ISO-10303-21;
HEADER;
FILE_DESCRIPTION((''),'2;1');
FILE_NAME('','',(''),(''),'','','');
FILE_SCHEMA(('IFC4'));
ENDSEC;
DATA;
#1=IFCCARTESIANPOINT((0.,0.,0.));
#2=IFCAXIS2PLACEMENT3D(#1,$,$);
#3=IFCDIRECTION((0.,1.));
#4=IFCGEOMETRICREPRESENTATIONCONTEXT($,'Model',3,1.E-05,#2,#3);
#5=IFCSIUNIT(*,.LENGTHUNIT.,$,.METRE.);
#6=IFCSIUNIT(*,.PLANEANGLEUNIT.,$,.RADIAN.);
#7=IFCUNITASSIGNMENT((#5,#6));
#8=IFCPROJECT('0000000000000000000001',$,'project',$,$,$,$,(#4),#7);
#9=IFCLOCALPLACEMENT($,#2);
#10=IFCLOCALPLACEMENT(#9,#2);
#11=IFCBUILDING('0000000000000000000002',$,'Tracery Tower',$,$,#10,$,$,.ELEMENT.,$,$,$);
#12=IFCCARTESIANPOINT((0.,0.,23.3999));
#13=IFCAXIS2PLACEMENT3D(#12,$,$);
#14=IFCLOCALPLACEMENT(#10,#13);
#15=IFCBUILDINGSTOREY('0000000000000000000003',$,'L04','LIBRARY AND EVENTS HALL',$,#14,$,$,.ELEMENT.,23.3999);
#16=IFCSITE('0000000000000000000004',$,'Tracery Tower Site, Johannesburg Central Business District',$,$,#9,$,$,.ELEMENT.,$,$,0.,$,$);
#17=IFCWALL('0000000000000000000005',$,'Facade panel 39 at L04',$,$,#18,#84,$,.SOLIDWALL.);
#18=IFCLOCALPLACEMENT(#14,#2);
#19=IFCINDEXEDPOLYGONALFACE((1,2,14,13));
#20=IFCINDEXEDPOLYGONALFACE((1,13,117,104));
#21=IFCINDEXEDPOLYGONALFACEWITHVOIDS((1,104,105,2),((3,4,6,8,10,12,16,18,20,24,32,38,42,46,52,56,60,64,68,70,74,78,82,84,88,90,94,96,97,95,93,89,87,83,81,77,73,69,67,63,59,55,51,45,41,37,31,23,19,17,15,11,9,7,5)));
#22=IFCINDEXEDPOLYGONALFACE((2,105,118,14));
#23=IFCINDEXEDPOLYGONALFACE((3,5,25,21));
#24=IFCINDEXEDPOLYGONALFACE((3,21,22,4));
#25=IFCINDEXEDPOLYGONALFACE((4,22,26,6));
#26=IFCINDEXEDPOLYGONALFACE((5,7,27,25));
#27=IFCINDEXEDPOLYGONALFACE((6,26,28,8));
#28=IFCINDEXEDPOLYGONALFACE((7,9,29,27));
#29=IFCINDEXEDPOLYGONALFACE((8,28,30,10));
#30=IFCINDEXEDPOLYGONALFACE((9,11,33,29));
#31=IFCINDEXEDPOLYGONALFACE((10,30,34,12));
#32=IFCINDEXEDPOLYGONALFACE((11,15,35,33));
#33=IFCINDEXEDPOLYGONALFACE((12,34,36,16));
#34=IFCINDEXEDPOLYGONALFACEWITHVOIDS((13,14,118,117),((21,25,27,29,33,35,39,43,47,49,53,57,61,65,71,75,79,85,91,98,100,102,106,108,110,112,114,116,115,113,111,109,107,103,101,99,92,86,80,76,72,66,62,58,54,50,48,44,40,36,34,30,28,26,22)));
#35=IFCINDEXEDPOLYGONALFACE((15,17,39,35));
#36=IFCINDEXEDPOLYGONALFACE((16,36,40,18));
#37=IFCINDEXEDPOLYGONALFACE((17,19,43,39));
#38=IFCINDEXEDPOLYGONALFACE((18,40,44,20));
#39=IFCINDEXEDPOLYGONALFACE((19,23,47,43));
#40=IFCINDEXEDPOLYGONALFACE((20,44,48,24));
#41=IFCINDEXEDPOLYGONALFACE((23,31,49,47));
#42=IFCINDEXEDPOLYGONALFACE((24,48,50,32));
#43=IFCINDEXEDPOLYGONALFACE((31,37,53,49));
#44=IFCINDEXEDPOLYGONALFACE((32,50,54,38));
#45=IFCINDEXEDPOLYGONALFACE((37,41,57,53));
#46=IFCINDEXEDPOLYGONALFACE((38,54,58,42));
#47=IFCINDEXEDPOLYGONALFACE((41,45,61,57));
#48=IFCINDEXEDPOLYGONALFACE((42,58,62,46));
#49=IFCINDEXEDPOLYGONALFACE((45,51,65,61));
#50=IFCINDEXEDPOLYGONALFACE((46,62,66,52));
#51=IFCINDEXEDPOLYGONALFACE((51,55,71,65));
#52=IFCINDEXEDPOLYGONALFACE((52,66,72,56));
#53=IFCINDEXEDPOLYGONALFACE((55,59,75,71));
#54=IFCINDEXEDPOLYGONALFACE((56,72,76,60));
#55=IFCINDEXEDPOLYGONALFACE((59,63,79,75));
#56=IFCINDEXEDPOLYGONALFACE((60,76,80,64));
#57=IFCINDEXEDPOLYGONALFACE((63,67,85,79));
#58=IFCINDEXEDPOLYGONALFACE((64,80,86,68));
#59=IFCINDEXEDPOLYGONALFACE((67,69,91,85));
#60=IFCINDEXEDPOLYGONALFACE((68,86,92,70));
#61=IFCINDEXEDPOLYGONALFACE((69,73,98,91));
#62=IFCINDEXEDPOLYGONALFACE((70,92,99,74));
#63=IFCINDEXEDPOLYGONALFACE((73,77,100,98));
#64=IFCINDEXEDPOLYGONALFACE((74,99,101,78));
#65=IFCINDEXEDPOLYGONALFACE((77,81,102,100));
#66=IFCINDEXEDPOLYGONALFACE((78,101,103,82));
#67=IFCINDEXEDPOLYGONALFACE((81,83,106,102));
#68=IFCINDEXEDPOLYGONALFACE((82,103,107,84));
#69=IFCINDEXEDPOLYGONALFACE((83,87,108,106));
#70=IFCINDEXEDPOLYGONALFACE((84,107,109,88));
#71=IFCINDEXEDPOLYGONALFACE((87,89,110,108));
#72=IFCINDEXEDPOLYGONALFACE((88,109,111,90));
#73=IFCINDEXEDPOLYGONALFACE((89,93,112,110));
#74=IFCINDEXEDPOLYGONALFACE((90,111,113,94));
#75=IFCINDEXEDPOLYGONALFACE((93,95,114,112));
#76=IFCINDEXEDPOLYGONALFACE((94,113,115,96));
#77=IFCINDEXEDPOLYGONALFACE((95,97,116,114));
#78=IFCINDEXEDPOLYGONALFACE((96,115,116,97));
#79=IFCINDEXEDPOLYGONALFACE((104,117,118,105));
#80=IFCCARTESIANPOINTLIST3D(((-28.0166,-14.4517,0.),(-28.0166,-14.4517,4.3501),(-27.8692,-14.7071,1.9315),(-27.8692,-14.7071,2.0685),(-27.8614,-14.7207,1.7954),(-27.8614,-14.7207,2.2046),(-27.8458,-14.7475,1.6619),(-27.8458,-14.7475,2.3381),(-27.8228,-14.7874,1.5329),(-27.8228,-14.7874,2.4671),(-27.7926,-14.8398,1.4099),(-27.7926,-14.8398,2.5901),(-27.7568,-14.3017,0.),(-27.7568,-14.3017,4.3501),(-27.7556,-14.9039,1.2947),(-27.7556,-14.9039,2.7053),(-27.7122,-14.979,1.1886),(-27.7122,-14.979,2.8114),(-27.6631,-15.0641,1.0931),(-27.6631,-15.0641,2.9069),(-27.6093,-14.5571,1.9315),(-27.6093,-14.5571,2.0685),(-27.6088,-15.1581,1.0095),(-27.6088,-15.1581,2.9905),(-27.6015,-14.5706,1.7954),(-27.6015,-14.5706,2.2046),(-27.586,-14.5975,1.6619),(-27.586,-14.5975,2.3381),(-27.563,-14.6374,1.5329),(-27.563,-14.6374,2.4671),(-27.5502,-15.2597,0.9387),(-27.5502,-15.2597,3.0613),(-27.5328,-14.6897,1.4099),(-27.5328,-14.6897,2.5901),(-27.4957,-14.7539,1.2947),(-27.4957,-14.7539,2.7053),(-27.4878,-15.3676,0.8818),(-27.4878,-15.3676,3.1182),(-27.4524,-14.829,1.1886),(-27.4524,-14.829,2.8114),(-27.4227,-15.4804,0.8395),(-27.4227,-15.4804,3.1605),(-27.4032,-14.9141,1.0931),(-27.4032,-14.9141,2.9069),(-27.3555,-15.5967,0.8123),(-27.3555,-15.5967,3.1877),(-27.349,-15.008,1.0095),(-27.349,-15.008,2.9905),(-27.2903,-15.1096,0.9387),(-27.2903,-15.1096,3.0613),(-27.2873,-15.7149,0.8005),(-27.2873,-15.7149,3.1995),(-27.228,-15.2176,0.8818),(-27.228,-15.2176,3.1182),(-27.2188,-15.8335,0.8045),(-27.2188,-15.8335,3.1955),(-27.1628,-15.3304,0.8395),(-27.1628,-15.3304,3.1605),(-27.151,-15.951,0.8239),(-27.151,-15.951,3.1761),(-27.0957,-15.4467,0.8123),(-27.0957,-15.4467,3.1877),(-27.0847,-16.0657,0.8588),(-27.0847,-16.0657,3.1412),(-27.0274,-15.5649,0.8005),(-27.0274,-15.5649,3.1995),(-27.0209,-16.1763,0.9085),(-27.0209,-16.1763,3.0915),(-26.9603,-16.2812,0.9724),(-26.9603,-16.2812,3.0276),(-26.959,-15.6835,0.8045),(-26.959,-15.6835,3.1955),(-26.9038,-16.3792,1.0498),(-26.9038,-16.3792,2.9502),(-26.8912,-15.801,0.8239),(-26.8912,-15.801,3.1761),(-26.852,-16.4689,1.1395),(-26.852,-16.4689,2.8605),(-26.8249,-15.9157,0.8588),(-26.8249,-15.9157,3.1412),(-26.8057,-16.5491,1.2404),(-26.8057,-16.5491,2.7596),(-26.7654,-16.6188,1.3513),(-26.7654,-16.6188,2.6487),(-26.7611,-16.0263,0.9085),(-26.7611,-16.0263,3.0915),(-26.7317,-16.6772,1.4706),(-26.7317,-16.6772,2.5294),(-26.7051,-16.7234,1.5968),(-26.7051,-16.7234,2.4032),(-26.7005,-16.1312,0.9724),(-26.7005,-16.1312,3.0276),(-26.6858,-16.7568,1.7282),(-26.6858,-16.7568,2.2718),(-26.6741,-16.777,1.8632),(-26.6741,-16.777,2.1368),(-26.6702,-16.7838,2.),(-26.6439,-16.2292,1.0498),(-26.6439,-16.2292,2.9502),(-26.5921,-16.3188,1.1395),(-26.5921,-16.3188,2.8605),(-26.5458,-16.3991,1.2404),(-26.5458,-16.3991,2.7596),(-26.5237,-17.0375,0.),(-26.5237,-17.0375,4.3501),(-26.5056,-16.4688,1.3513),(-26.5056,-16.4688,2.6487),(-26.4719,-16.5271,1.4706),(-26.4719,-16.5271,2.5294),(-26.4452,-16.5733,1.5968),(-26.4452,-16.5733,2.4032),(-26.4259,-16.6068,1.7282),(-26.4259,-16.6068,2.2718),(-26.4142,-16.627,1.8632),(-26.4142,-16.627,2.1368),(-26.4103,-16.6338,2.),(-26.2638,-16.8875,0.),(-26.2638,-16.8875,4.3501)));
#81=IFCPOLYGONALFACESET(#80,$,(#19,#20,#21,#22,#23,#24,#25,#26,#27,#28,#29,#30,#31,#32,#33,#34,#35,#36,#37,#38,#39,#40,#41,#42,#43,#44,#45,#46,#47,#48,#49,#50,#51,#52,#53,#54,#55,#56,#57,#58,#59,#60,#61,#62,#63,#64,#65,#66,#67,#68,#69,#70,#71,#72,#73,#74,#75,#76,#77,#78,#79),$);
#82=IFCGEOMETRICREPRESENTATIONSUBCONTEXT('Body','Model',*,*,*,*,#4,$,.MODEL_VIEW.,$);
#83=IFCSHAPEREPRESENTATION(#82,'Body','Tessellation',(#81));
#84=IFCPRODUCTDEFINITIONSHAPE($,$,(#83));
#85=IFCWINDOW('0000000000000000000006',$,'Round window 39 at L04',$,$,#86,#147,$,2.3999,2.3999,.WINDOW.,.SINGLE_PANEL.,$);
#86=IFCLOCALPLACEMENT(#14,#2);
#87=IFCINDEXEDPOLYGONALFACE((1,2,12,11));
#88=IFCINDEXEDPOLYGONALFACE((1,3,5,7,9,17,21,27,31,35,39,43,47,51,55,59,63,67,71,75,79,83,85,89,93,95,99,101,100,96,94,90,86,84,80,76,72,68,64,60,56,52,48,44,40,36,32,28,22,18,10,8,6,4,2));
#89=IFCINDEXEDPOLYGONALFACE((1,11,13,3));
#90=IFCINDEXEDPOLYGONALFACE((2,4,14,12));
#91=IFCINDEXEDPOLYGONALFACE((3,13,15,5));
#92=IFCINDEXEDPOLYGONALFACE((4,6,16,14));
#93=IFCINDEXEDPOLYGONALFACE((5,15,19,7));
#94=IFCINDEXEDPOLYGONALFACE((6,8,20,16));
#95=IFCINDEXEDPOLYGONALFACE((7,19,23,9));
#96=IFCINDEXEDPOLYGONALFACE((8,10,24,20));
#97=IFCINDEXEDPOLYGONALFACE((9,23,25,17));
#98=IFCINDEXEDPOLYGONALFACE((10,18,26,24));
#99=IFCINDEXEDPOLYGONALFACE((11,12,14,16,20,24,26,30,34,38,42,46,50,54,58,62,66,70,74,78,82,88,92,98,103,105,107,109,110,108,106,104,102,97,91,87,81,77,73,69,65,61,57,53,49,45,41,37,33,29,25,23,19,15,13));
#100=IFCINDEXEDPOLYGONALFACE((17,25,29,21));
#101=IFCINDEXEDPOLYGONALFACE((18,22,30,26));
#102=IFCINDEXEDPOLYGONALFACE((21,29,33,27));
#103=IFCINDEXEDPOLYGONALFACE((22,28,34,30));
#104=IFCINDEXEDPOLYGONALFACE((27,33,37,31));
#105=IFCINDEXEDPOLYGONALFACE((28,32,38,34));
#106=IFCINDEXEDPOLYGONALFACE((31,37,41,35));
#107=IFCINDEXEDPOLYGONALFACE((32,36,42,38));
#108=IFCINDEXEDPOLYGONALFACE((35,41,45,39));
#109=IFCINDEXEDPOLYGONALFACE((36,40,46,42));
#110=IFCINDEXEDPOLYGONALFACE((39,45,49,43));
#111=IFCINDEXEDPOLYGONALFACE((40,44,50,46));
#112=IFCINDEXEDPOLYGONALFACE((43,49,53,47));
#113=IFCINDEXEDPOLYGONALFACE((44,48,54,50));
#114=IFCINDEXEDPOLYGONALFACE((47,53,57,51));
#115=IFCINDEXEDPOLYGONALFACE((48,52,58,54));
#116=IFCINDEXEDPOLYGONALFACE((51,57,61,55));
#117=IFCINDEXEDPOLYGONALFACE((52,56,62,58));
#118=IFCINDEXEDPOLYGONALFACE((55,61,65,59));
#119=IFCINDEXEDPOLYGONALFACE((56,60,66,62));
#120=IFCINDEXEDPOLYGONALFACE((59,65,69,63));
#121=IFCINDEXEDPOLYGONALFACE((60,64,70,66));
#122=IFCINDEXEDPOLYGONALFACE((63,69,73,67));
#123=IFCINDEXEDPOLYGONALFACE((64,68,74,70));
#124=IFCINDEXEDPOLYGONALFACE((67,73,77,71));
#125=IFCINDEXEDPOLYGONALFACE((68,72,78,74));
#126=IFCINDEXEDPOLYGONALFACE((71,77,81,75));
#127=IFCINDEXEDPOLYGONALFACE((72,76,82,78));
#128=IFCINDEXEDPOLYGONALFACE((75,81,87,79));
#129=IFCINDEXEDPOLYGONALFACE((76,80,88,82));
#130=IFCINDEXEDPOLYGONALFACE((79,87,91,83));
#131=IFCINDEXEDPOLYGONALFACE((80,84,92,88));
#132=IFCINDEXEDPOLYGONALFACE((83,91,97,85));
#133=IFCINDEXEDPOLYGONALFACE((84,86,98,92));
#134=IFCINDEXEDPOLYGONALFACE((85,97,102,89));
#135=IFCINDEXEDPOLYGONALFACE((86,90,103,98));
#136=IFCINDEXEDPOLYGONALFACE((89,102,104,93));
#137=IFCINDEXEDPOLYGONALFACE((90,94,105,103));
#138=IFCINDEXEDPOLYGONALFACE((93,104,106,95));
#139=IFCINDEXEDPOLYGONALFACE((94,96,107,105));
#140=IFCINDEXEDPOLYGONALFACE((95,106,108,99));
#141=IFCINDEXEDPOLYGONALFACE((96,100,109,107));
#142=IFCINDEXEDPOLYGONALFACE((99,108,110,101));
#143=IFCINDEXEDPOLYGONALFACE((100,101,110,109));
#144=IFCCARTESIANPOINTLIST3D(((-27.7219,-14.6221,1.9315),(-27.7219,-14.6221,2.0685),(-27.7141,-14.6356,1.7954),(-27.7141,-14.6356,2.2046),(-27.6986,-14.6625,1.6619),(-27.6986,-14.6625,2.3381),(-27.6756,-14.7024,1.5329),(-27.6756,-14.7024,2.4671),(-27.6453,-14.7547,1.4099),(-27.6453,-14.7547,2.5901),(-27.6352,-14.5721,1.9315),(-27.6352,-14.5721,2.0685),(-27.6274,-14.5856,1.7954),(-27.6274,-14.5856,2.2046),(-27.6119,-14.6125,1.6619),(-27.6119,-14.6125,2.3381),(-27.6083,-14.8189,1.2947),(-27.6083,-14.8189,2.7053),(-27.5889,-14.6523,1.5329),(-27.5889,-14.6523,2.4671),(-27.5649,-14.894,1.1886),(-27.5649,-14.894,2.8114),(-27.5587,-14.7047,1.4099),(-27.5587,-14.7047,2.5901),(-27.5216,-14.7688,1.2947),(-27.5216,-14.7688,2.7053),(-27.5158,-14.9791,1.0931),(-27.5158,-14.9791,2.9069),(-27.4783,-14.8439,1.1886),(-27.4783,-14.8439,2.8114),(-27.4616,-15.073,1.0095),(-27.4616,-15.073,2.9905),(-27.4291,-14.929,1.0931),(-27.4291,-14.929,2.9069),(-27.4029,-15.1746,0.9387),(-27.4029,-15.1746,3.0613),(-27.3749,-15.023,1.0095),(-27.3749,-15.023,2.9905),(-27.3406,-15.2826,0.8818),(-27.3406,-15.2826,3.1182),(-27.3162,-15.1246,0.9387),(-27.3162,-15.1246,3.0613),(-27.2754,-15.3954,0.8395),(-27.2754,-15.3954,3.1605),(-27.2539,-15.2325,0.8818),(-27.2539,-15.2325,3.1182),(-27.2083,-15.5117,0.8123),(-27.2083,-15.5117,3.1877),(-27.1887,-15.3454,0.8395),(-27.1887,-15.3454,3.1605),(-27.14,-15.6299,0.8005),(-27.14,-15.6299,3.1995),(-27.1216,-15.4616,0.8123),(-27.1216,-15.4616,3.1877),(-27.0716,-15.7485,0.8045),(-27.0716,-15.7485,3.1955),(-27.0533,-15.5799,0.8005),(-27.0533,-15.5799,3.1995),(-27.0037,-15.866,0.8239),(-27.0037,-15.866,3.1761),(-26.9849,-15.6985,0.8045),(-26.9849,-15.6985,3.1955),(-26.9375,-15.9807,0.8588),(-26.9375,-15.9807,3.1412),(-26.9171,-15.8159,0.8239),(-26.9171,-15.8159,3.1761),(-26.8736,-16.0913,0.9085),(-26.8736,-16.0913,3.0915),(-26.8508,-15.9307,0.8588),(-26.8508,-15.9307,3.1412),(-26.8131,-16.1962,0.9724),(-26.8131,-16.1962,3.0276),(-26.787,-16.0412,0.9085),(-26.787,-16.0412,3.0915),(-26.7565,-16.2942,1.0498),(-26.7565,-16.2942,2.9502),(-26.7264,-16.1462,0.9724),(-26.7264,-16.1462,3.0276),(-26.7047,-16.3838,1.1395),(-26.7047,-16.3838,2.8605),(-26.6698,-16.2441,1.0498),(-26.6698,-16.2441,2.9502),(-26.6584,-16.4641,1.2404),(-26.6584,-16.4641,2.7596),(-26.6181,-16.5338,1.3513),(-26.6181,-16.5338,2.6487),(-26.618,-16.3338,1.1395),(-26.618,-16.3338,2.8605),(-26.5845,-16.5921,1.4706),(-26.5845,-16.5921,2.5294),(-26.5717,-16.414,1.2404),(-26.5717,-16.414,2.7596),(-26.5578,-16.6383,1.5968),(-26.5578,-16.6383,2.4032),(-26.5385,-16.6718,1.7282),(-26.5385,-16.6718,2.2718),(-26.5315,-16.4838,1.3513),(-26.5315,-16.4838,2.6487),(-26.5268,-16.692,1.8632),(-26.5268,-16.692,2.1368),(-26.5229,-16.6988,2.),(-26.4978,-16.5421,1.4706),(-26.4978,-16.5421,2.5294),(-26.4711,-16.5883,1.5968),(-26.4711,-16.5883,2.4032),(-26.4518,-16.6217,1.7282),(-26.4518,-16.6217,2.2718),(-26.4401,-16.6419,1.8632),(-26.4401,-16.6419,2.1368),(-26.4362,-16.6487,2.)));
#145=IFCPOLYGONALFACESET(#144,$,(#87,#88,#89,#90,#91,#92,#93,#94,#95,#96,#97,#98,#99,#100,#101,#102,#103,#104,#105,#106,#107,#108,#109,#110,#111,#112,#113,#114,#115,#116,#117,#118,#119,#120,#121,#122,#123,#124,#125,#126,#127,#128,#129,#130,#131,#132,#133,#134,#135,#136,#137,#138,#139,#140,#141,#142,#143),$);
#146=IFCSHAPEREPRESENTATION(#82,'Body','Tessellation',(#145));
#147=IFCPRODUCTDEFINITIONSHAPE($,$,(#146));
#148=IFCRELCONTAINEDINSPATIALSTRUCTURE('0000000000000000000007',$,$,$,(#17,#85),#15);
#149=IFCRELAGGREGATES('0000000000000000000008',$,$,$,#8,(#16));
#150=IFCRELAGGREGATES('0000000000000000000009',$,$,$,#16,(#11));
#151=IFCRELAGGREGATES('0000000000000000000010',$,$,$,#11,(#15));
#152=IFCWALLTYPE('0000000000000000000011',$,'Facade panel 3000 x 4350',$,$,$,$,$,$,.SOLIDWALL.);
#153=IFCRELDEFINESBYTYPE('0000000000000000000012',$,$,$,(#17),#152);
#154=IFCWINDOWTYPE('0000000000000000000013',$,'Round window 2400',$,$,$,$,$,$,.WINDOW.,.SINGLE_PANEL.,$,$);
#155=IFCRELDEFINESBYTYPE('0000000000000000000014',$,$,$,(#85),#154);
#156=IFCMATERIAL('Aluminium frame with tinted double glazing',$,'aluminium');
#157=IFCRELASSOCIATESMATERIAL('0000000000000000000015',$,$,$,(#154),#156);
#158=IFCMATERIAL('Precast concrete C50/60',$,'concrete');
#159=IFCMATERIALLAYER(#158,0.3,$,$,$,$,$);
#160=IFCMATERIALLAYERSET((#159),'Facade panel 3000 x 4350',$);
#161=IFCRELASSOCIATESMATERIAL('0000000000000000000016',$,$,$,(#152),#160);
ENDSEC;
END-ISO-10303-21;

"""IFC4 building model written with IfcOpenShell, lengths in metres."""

from ifc_helpers import new_model, si_unit, direction, frame, frame_2d, origin, origin_2d, place, context, subcontext, project, spatial, rectangle, circle, extrude, material, layer, layer_set, type_object, element, fill, save


model = new_model("IFC4")

# Units and contexts
model_context = context("Model", 3, precision=1e-05, world=origin(), true_north=direction((0.0, 1.0)))
body_context = subcontext(model_context, "Body", "Model", "MODEL_VIEW")
ifc_project = project(units=[si_unit("LENGTHUNIT", "METRE"), si_unit("PLANEANGLEUNIT", "RADIAN")], contexts=[model_context])

# Site, building, storey
site_placement = place(None, origin())
site = spatial("IfcSite", under=ifc_project, at=site_placement, Name="Tracery Tower Site, Johannesburg Central Business District", CompositionType="ELEMENT", RefElevation=0.0)
building_placement = place(site_placement, origin())
building = spatial("IfcBuilding", under=site, at=building_placement, Name="Tracery Tower", CompositionType="ELEMENT")
storey_placement = place(building_placement, frame((0.0, 0.0, 23.3999)))
storey = spatial("IfcBuildingStorey", under=building, at=storey_placement, Name="L04", Description="LIBRARY AND EVENTS HALL", CompositionType="ELEMENT", Elevation=23.3999)

# Wall, opening, window
ifc_material_1 = material(Name="Aluminium frame with tinted double glazing", Category="aluminium")
window_type = type_object("IfcWindowType", Name="Round window 2400", PartitioningType="SINGLE_PANEL", PredefinedType="WINDOW", material=ifc_material_1)
ifc_material_2 = material(Name="Precast concrete C50/60", Category="concrete")
ifc_layer_1 = layer(ifc_material_2, 0.3)
ifc_layer_set_1 = layer_set([ifc_layer_1], Name="Facade panel 3000 x 4350")
wall_type_1 = type_object("IfcWallType", Name="Facade panel 3000 x 4350", PredefinedType="SOLIDWALL", material=ifc_layer_set_1)
wall_1_placement = place(storey_placement, frame((-27.8867, -14.3767, 0.0), z_axis=(0.0, 0.0, 1.0), x_axis=(0.500017, -0.866015, 0.0)))
wall_1 = element("IfcWall", 1, at=wall_1_placement, inside=storey, type_object=wall_type_1, Name="Facade panel 39 at L04", PredefinedType="SOLIDWALL", context=body_context, shape_type="SweptSolid", body=[
    extrude(rectangle(XDim=2.9858, YDim=0.3, at=frame_2d((1.4929, 0.0))), origin(), (0.0, 0.0, 1.0), 4.3501),
])
opening_1_placement = place(wall_1_placement, frame((1.4929, 0.0, 2.0)))
opening_1 = element("IfcOpeningElement", 2, at=opening_1_placement, cuts=wall_1, PredefinedType="OPENING", context=body_context, shape_type="SweptSolid", body=[
    extrude(circle(Radius=1.2, at=origin_2d()), frame((0.0, 0.1599, 0.0), z_axis=(0.0, -1.0, 0.0), x_axis=(1.0, 0.0, 0.0)), (0.0, 0.0, 1.0), 0.3201),
])
window_1_placement = place(opening_1_placement, origin())
window_1 = element("IfcWindow", 3, at=window_1_placement, inside=storey, type_object=window_type, Name="Round window 39 at L04", OverallHeight=2.3999, OverallWidth=2.3999, PartitioningType="SINGLE_PANEL", PredefinedType="WINDOW", context=body_context, shape_type="SweptSolid", body=[
    extrude(circle(Radius=1.2, at=origin_2d()), frame((0.0, 0.1201, 0.0), z_axis=(0.0, -1.0, 0.0), x_axis=(1.0, 0.0, 0.0)), (0.0, 0.0, 1.0), 0.1001),
])
fill(opening_1, window_1)

save(model, "model.ifc")
